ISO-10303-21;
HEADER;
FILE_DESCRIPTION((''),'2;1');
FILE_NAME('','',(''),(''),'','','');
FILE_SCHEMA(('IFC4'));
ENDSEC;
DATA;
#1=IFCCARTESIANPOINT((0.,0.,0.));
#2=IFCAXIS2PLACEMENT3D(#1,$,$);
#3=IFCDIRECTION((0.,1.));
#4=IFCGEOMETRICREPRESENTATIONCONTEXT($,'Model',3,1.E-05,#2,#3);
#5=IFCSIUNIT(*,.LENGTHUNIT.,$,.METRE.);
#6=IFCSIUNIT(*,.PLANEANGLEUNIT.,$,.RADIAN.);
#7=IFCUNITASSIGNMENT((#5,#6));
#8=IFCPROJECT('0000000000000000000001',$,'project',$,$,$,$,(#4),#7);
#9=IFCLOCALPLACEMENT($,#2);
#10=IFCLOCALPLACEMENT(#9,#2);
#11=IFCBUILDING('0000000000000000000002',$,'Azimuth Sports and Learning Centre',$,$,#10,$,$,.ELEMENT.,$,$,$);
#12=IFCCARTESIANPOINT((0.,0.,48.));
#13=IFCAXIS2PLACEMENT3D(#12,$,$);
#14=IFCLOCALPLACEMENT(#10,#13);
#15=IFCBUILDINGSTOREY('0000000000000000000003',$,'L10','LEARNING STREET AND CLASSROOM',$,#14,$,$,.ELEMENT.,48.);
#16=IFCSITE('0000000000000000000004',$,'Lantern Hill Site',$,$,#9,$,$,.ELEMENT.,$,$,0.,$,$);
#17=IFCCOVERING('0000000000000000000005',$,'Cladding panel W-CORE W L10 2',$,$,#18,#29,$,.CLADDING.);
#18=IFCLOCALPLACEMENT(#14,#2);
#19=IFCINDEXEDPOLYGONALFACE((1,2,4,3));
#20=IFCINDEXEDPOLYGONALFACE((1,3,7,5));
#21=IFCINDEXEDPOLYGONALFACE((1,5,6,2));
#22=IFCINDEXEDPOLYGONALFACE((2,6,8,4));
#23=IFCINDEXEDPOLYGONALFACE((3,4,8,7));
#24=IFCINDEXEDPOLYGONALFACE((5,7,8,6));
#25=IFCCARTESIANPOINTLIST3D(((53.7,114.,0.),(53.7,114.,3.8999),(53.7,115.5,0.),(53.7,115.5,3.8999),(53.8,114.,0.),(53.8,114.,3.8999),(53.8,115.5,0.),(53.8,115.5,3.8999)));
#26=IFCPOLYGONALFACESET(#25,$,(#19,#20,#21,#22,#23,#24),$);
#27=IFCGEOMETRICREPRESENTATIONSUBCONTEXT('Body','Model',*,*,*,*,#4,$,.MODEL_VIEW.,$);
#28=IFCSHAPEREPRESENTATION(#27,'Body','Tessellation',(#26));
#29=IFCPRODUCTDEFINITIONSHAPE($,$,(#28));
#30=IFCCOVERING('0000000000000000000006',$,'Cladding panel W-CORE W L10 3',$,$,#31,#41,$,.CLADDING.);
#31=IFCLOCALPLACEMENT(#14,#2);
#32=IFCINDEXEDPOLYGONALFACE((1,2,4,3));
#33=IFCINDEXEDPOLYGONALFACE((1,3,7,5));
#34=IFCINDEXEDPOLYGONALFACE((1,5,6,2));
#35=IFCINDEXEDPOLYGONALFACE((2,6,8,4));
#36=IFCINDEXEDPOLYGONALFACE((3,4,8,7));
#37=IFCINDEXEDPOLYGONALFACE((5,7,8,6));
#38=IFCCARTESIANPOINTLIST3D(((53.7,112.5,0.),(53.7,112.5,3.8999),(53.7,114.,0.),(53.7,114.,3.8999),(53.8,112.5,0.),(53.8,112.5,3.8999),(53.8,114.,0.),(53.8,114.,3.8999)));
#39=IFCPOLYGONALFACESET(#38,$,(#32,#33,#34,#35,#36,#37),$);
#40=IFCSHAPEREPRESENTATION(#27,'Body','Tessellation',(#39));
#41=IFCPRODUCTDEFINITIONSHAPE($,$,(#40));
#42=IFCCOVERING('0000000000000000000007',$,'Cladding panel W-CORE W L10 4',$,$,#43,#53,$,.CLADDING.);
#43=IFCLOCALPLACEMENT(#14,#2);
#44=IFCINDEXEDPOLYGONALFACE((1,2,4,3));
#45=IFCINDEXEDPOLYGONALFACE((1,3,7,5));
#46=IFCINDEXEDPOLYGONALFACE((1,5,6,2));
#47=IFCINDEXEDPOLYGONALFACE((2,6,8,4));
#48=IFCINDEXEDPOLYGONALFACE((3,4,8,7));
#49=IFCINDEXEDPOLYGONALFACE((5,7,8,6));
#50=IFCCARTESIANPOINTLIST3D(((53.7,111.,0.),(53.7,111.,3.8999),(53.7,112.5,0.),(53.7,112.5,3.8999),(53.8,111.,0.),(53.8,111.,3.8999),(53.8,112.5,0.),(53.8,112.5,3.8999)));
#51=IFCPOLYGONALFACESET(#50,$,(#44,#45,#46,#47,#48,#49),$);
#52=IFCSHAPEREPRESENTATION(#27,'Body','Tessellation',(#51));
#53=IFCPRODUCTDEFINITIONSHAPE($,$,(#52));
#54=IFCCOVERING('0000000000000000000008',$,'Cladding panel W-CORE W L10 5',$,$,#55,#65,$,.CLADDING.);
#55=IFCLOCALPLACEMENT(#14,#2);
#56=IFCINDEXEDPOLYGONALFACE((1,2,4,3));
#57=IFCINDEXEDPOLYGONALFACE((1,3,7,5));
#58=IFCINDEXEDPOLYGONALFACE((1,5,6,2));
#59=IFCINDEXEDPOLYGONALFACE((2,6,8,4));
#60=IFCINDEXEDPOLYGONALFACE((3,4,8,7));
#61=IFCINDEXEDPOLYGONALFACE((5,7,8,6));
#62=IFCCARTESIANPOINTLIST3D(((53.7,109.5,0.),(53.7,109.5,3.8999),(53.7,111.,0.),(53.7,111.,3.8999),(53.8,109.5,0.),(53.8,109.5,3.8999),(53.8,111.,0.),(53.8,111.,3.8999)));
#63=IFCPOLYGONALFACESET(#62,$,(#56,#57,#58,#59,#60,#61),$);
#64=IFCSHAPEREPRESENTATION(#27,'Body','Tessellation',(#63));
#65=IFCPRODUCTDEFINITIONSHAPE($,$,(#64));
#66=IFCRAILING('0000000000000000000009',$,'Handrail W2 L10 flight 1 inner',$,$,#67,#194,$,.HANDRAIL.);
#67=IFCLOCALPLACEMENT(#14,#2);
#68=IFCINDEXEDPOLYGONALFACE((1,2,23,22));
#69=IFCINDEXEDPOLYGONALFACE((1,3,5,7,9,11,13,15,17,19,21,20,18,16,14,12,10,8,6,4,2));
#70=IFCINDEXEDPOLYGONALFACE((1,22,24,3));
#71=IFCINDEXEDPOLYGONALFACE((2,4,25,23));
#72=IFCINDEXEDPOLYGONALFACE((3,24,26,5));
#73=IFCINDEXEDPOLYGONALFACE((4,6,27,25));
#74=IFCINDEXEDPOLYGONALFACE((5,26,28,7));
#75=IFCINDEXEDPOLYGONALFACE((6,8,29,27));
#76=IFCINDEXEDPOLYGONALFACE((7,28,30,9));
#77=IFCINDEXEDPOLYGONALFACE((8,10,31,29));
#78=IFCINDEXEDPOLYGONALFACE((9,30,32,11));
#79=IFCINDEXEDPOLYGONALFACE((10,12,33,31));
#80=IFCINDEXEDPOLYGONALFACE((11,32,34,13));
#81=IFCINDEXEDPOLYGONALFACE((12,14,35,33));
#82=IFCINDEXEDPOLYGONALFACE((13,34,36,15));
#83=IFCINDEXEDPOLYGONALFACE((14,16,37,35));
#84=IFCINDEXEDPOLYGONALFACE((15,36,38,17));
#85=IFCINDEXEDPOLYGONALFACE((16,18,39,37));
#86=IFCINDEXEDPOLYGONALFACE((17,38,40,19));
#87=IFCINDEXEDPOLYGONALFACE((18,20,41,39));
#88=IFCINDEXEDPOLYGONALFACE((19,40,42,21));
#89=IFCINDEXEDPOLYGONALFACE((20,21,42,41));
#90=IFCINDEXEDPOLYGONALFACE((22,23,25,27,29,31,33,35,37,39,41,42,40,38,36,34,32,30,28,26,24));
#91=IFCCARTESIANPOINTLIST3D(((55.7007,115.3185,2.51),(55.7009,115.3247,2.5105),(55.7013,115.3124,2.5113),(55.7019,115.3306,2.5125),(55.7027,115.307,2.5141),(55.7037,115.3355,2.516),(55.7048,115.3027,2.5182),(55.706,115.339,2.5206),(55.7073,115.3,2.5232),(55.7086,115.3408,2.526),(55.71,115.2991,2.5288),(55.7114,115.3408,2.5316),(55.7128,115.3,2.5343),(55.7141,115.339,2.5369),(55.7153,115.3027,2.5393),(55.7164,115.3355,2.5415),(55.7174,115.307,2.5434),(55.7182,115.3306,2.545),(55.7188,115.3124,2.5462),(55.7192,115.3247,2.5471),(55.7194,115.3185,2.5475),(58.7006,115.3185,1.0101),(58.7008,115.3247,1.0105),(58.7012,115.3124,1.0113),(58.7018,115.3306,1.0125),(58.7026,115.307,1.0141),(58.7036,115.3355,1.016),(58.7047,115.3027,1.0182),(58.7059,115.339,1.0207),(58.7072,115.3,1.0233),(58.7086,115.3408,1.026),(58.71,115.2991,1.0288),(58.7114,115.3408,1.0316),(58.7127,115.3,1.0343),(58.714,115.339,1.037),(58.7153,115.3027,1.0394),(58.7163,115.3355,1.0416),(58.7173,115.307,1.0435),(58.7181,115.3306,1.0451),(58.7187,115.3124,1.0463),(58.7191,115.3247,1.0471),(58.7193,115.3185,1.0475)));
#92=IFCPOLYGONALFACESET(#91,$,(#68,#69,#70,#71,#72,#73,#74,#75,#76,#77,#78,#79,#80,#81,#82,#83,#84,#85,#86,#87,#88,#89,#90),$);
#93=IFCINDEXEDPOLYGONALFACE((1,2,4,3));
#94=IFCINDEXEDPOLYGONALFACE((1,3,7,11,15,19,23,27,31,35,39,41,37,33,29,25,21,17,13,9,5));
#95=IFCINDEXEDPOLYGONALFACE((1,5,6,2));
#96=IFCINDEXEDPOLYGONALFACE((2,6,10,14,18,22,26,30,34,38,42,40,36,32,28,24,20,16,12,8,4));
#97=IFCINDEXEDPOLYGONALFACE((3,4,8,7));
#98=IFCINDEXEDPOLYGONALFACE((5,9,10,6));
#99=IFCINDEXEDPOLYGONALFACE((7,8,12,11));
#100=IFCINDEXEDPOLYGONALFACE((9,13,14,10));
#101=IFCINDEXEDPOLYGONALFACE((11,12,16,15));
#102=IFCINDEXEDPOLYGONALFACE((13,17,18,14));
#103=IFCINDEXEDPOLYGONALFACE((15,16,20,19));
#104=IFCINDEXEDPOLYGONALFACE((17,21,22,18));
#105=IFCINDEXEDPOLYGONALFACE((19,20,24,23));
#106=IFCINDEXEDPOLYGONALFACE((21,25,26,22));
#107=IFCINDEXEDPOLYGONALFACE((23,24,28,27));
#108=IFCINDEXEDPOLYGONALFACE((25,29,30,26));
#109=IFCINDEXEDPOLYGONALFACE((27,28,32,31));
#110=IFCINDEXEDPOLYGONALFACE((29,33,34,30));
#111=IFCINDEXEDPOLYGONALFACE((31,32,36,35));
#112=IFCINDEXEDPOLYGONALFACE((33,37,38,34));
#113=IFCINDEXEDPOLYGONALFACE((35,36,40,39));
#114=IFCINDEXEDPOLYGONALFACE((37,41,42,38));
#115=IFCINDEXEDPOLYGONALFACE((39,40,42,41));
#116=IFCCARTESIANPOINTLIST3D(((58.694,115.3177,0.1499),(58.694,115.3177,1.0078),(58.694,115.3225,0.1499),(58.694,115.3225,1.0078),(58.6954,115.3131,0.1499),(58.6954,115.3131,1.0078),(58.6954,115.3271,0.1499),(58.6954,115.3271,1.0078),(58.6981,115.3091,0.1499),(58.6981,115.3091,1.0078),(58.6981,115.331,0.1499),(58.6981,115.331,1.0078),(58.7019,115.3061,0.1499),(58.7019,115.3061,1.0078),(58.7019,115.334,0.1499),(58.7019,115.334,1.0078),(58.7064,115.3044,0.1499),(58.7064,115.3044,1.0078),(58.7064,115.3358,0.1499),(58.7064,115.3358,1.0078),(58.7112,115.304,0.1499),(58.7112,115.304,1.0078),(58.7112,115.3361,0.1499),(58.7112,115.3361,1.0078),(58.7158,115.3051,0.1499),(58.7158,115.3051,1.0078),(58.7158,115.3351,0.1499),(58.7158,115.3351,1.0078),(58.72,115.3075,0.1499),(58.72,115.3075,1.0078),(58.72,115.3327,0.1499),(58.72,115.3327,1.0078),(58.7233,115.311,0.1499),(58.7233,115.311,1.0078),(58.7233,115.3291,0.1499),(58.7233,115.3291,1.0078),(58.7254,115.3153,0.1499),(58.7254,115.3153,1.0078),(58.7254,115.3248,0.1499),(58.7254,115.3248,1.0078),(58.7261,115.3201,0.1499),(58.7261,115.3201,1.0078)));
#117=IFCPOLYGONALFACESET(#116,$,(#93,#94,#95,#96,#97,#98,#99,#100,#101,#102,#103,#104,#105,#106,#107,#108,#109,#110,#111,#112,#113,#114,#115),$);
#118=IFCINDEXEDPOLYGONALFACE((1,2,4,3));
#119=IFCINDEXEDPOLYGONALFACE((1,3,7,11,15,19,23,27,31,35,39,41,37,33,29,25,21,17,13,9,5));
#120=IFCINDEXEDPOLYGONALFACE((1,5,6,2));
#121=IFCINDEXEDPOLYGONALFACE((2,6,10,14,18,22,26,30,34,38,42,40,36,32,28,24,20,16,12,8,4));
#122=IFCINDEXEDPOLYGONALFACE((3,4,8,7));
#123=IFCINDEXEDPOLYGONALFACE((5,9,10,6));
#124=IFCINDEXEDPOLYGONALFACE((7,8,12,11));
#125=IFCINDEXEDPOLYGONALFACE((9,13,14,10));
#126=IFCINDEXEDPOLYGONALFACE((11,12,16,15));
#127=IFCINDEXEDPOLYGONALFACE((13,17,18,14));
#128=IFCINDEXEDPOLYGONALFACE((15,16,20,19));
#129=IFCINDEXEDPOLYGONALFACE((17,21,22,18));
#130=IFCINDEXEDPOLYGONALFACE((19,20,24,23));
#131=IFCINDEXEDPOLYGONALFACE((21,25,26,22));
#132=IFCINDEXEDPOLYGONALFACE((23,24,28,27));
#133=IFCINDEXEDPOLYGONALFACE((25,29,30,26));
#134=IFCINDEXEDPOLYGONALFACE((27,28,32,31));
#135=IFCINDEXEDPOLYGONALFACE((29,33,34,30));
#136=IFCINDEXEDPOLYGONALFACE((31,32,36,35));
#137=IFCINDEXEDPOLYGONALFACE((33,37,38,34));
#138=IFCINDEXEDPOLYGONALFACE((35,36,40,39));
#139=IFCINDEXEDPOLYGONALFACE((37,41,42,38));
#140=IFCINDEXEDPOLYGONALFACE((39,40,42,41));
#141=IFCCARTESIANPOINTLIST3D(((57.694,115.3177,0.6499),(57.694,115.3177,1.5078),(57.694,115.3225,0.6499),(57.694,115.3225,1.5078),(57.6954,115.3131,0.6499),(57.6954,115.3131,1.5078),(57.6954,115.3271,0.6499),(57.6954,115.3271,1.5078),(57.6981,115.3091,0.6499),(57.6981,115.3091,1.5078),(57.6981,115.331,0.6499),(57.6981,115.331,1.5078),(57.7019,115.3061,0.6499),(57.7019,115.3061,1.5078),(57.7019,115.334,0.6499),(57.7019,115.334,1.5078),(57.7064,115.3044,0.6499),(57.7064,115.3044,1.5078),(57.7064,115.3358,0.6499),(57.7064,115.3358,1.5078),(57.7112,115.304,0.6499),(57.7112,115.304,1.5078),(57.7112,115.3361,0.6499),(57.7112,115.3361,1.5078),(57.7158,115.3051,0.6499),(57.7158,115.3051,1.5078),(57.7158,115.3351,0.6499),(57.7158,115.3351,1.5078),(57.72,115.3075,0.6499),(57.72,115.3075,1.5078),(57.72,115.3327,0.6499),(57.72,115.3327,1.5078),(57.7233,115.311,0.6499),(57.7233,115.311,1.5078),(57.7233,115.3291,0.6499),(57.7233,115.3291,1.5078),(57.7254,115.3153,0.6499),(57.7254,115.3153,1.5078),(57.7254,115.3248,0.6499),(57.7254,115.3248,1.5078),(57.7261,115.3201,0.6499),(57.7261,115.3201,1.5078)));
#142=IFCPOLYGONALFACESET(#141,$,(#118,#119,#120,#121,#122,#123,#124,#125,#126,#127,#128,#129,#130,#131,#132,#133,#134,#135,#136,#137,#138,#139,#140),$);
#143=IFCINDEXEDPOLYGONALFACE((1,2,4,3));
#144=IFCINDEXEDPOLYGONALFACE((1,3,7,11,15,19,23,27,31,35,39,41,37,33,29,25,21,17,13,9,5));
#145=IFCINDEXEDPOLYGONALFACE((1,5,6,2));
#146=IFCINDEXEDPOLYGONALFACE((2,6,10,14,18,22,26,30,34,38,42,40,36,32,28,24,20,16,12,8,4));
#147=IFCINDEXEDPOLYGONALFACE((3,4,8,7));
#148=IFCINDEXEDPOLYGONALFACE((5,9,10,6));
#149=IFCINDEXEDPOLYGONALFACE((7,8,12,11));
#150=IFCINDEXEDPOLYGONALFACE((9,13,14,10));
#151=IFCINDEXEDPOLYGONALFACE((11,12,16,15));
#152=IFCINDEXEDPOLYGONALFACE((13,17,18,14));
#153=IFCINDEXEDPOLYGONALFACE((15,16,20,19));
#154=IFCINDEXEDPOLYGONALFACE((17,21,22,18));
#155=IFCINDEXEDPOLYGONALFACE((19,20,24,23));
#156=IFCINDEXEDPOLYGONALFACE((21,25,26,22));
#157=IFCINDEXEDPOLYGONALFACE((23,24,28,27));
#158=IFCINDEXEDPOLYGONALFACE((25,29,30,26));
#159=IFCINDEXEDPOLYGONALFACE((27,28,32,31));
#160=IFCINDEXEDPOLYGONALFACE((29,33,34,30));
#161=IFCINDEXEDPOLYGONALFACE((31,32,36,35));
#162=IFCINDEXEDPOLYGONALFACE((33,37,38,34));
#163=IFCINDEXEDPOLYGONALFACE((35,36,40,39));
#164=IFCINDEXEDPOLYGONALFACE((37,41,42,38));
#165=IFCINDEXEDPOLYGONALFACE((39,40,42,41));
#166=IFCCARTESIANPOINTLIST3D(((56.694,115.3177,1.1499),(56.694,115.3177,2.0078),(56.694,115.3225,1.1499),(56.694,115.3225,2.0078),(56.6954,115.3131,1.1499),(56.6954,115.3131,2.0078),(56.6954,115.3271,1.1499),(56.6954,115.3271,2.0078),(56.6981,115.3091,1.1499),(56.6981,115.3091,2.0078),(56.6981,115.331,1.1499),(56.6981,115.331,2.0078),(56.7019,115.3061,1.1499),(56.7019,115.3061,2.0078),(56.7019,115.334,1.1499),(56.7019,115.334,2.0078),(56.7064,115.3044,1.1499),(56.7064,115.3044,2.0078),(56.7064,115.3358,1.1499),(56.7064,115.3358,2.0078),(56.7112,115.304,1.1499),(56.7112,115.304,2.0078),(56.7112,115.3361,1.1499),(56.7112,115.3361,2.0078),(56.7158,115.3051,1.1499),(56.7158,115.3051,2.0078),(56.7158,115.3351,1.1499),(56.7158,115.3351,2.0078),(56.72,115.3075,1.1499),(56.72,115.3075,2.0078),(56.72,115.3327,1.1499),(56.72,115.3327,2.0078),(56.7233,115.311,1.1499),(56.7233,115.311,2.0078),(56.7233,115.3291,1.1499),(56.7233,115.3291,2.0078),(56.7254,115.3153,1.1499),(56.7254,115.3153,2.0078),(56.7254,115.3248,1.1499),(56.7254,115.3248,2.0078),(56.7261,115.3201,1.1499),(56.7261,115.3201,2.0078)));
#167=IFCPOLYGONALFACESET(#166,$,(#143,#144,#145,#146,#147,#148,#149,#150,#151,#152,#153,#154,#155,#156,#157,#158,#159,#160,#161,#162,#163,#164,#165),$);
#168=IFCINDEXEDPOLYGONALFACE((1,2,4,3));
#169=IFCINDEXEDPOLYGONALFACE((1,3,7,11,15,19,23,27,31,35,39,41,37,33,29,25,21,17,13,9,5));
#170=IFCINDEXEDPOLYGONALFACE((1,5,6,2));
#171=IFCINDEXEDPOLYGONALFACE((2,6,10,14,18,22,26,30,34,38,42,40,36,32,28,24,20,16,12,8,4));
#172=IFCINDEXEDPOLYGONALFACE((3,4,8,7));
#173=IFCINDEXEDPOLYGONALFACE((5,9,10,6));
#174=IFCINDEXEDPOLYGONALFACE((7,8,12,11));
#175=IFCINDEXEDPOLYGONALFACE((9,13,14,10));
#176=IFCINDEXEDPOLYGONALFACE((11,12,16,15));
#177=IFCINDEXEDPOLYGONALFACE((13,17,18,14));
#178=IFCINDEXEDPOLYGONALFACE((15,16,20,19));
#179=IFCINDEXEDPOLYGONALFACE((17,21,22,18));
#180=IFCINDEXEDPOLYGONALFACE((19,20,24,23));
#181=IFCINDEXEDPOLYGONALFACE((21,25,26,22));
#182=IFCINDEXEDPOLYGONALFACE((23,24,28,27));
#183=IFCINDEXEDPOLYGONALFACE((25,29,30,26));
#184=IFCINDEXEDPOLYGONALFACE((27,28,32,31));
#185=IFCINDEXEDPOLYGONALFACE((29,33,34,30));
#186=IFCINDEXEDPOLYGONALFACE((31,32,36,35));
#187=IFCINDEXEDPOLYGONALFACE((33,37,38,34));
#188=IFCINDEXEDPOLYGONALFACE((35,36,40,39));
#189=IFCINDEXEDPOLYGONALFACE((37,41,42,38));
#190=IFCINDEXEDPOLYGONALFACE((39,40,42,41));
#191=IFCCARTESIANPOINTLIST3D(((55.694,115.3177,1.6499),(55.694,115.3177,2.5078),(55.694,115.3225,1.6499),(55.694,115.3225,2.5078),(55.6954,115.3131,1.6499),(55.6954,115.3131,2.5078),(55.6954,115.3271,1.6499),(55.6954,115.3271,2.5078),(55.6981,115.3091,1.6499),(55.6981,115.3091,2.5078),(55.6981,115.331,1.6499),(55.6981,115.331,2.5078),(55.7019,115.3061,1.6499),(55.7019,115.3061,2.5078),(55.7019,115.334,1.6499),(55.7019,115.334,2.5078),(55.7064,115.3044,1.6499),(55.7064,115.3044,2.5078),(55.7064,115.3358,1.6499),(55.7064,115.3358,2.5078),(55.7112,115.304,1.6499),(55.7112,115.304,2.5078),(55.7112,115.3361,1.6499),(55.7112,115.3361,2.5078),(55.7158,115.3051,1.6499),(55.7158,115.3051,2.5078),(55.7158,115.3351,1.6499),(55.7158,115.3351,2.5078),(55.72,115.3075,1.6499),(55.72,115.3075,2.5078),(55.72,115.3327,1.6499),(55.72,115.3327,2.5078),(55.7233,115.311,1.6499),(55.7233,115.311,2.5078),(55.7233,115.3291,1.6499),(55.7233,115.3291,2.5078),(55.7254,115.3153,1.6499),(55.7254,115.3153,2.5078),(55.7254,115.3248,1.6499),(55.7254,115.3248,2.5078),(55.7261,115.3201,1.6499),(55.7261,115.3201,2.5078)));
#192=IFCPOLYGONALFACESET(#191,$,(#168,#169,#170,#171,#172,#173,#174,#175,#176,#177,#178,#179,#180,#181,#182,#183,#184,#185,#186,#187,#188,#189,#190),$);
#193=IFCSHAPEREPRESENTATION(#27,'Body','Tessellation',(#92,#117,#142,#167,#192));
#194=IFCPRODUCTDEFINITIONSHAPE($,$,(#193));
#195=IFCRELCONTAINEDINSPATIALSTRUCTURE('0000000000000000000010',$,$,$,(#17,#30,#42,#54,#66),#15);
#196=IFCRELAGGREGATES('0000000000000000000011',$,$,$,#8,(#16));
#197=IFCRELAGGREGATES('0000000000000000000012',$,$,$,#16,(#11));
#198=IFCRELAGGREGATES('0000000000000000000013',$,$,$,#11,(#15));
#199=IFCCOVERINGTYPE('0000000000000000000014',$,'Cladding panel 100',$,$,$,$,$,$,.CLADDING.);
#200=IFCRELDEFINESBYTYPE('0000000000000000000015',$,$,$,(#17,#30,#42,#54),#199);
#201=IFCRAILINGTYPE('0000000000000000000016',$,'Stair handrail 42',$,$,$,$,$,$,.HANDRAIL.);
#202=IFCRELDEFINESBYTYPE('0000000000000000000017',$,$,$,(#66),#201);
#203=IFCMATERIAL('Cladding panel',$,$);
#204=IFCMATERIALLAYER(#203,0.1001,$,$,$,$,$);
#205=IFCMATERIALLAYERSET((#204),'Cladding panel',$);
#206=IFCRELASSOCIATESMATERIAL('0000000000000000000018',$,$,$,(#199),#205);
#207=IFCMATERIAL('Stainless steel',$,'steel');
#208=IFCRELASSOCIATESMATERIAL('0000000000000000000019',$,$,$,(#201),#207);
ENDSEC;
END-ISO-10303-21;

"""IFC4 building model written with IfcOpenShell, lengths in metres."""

from ifc_helpers import new_model, si_unit, direction, frame, origin, origin_2d, place, context, subcontext, project, spatial, rectangle, circle, extrude, material, layer, layer_set, type_object, element, save


model = new_model("IFC4")

# Units and contexts
model_context = context("Model", 3, precision=1e-05, world=origin(), true_north=direction((0.0, 1.0)))
body_context = subcontext(model_context, "Body", "Model", "MODEL_VIEW")
ifc_project = project(units=[si_unit("LENGTHUNIT", "METRE"), si_unit("PLANEANGLEUNIT", "RADIAN")], contexts=[model_context])

# Site, building, storey
site_placement = place(None, origin())
site = spatial("IfcSite", under=ifc_project, at=site_placement, Name="Lantern Hill Site", CompositionType="ELEMENT", RefElevation=0.0)
building_placement = place(site_placement, origin())
building = spatial("IfcBuilding", under=site, at=building_placement, Name="Azimuth Sports and Learning Centre", CompositionType="ELEMENT")
storey_placement = place(building_placement, frame((0.0, 0.0, 48.0)))
storey = spatial("IfcBuildingStorey", under=building, at=storey_placement, Name="L10", Description="LEARNING STREET AND CLASSROOM", CompositionType="ELEMENT", Elevation=48.0)

# Coverings
ifc_material_1 = material(Name="Cladding panel")
ifc_layer_1 = layer(ifc_material_1, 0.1001)
ifc_layer_set_1 = layer_set([ifc_layer_1], Name="Cladding panel")
covering_type = type_object("IfcCoveringType", Name="Cladding panel 100", PredefinedType="CLADDING", material=ifc_layer_set_1)
for number, where, z_axis, x_axis, name in (
    (1, (53.75, 114.75, 0.0), (0.0, 0.0, 1.0), (0.0, -1.0, 0.0), "Cladding panel W-CORE W L10 2"),
    (2, (53.75, 113.25, 0.0), (0.0, 0.0, 1.0), (0.0, -1.0, 0.0), "Cladding panel W-CORE W L10 3"),
    (3, (53.75, 111.75, 0.0), (0.0, 0.0, 1.0), (0.0, -1.0, 0.0), "Cladding panel W-CORE W L10 4"),
    (4, (53.75, 110.25, 0.0), (0.0, 0.0, 1.0), (0.0, -1.0, 0.0), "Cladding panel W-CORE W L10 5"),
):
    element("IfcCovering", number, at=place(storey_placement, frame(where, z_axis=z_axis, x_axis=x_axis)), inside=storey, type_object=covering_type, Name=name, PredefinedType="CLADDING", context=body_context, shape_type="SweptSolid", body=[
        extrude(rectangle(XDim=1.5, YDim=0.1001, at=origin_2d()), origin(), (0.0, 0.0, 1.0), 3.8999),
    ])

# Railing
ifc_material_2 = material(Name="Stainless steel", Category="steel")
railing_type_1 = type_object("IfcRailingType", Name="Stair handrail 42", PredefinedType="HANDRAIL", material=ifc_material_2)
for number, where, name in (
    (5, (58.71, 115.3201, 0.1499), "Handrail W2 L10 flight 1 inner"),
):
    element("IfcRailing", number, at=place(storey_placement, frame(where)), inside=storey, type_object=railing_type_1, Name=name, PredefinedType="HANDRAIL", context=body_context, shape_type="SweptSolid", body=[
        extrude(circle(Radius=0.021, at=origin_2d()), frame((0.0, 0.0, 0.8789), z_axis=(-0.894427, 0.0, 0.447214), x_axis=(0.0, -1.0, 0.0)), (0.0, 0.0, 1.0), 3.354),
        extrude(circle(Radius=0.0161, at=origin_2d()), origin(), (0.0, 0.0, 1.0), 0.8579),
        extrude(circle(Radius=0.0161, at=origin_2d()), frame((-1.0, 0.0, 0.5)), (0.0, 0.0, 1.0), 0.8579),
        extrude(circle(Radius=0.0161, at=origin_2d()), frame((-2.0, 0.0, 1.0)), (0.0, 0.0, 1.0), 0.8579),
        extrude(circle(Radius=0.0161, at=origin_2d()), frame((-3.0, 0.0, 1.5)), (0.0, 0.0, 1.0), 0.8579),
    ])

save(model, "model.ifc")
